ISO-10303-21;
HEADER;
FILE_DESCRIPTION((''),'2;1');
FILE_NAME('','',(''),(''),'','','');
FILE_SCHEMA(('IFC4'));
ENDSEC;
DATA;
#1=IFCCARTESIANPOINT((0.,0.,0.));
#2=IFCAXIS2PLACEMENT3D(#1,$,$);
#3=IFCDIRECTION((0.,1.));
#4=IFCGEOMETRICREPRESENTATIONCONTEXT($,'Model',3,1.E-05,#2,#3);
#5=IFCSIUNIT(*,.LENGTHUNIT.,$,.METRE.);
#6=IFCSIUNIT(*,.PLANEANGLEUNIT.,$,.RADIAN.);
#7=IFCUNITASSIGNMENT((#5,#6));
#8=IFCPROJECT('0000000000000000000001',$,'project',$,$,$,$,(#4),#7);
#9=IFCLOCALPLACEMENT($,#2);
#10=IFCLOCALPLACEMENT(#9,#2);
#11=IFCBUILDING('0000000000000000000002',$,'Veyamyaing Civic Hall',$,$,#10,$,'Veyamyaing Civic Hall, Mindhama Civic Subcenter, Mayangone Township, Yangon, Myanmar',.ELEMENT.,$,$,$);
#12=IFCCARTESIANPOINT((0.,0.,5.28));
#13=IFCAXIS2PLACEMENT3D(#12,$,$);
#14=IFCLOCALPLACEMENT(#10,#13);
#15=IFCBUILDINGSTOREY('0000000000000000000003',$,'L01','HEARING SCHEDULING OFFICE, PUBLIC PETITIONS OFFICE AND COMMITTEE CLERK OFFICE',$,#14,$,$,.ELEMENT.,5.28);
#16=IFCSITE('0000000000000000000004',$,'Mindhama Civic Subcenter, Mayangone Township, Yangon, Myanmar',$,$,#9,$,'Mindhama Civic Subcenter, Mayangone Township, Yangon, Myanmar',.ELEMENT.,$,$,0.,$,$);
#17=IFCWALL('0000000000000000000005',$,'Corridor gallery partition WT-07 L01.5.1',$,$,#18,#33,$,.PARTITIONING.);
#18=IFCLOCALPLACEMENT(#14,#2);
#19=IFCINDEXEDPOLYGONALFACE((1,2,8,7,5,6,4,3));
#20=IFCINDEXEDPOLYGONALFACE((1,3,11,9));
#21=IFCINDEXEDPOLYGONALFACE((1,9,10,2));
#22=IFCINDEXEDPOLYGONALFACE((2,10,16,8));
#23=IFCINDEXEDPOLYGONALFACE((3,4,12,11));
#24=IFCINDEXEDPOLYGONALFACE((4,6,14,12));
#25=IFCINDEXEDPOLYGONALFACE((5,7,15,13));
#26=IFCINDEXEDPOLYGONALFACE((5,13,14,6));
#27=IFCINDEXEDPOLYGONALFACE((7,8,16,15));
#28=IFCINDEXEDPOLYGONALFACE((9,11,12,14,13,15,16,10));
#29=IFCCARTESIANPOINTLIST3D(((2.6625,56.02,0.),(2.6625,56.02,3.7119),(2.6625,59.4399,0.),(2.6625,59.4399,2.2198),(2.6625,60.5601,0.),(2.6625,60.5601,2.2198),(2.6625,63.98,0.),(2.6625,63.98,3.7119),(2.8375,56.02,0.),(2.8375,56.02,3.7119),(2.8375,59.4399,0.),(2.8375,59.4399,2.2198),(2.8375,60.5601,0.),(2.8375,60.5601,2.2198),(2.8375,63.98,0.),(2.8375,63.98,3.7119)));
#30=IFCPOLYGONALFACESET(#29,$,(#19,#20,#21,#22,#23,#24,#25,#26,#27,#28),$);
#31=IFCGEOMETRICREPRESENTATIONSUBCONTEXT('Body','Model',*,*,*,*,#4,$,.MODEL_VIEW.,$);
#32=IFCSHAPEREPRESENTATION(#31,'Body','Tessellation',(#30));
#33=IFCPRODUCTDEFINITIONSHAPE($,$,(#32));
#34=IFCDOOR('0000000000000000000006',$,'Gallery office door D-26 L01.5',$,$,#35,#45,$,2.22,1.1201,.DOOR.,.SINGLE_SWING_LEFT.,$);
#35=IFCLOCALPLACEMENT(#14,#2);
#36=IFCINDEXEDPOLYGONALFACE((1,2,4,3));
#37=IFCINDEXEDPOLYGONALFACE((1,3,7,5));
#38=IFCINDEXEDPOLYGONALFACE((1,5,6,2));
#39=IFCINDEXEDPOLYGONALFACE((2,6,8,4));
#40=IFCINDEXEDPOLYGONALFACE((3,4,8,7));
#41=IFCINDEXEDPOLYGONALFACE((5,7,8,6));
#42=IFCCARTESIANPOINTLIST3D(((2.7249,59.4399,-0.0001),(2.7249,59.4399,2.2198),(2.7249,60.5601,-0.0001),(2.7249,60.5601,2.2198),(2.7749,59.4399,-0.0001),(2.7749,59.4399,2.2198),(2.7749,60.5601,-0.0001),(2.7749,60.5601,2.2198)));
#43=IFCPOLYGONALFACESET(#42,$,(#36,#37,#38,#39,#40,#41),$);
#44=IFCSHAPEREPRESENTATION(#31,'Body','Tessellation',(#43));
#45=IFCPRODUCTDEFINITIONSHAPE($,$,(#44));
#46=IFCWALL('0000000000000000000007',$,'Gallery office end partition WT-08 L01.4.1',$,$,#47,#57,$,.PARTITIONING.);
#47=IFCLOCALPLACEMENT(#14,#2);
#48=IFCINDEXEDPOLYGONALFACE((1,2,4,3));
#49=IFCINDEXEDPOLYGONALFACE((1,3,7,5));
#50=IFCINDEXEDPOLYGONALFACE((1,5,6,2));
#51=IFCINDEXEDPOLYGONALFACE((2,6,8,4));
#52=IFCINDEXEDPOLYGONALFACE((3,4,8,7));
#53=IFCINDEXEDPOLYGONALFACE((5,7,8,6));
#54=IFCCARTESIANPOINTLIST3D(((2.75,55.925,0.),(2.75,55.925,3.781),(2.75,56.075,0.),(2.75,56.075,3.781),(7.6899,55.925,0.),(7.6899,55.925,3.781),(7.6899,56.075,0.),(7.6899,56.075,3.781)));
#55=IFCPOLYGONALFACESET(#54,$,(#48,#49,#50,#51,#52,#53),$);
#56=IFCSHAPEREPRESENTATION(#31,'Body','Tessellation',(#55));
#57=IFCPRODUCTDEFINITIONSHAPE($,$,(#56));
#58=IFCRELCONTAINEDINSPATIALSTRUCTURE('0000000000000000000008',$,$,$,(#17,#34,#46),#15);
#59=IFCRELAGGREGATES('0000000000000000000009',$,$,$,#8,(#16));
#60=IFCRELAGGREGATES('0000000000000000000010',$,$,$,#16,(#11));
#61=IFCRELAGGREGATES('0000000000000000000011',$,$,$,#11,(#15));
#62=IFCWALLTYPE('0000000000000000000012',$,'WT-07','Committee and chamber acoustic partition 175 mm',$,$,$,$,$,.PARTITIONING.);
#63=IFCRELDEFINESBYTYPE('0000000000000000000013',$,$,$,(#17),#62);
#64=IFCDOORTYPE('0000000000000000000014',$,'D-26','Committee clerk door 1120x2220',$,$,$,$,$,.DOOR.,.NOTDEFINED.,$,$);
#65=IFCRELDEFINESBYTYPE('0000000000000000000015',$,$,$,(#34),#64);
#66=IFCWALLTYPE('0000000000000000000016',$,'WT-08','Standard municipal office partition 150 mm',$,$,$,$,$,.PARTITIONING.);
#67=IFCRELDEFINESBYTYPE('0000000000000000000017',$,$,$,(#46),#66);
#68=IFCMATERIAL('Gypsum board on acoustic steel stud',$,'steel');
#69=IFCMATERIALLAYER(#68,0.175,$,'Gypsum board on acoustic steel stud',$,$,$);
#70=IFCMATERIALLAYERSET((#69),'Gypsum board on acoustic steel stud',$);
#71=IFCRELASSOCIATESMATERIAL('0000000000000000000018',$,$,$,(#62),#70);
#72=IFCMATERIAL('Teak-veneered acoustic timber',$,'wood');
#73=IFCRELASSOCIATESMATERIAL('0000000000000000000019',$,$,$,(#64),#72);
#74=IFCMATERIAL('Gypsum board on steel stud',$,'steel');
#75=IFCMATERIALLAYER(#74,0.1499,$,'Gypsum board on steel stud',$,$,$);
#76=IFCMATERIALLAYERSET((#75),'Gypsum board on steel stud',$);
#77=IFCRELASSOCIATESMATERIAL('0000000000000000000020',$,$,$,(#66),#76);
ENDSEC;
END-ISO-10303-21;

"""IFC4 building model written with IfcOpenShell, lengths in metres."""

from ifc_helpers import new_model, si_unit, direction, frame, frame_2d, origin, place, context, subcontext, project, spatial, rectangle, extrude, material, layer, layer_set, type_object, element, fill, save


model = new_model("IFC4")

# Units and contexts
model_context = context("Model", 3, precision=1e-05, world=origin(), true_north=direction((0.0, 1.0)))
body_context = subcontext(model_context, "Body", "Model", "MODEL_VIEW")
ifc_project = project(units=[si_unit("LENGTHUNIT", "METRE"), si_unit("PLANEANGLEUNIT", "RADIAN")], contexts=[model_context])

# Site, building, storey
site_placement = place(None, origin())
site = spatial("IfcSite", under=ifc_project, at=site_placement, Name="Mindhama Civic Subcenter, Mayangone Township, Yangon, Myanmar", LongName="Mindhama Civic Subcenter, Mayangone Township, Yangon, Myanmar", CompositionType="ELEMENT", RefElevation=0.0)
building_placement = place(site_placement, origin())
building = spatial("IfcBuilding", under=site, at=building_placement, Name="Veyamyaing Civic Hall", LongName="Veyamyaing Civic Hall, Mindhama Civic Subcenter, Mayangone Township, Yangon, Myanmar", CompositionType="ELEMENT")
storey_placement = place(building_placement, frame((0.0, 0.0, 5.28)))
storey = spatial("IfcBuildingStorey", under=building, at=storey_placement, Name="L01", Description="HEARING SCHEDULING OFFICE, PUBLIC PETITIONS OFFICE AND COMMITTEE CLERK OFFICE", CompositionType="ELEMENT", Elevation=5.28)

# Wall, opening, door
ifc_material_1 = material(Name="Gypsum board on acoustic steel stud", Category="steel")
ifc_layer_1 = layer(ifc_material_1, 0.175, Name="Gypsum board on acoustic steel stud")
ifc_layer_set_1 = layer_set([ifc_layer_1], Name="Gypsum board on acoustic steel stud")
wall_type_1 = type_object("IfcWallType", Name="WT-07", Description="Committee and chamber acoustic partition 175 mm", PredefinedType="PARTITIONING", material=ifc_layer_set_1)
wall_1_placement = place(storey_placement, frame((2.75, 56.02, 0.0), z_axis=(0.0, 0.0, 1.0), x_axis=(0.0, 1.0, 0.0)))
wall_1 = element("IfcWall", 1, at=wall_1_placement, inside=storey, type_object=wall_type_1, Name="Corridor gallery partition WT-07 L01.5.1", PredefinedType="PARTITIONING", context=body_context, shape_type="SweptSolid", body=[
    extrude(rectangle(XDim=7.96, YDim=0.175, at=frame_2d((3.98, 0.0))), origin(), (0.0, 0.0, 1.0), 3.7119),
])
opening_placement = place(wall_1_placement, frame((3.4199, 0.0, 0.0)))
opening = element("IfcOpeningElement", 2, at=opening_placement, cuts=wall_1, PredefinedType="OPENING", context=body_context, shape_type="SweptSolid", body=[
    extrude(rectangle(XDim=1.1201, YDim=2.22, at=frame_2d((0.5601, 1.1099))), frame((0.0, 0.0974, 0.0), z_axis=(0.0, -1.0, 0.0), x_axis=(1.0, 0.0, 0.0)), (0.0, 0.0, 1.0), 0.1951),
])
ifc_material_2 = material(Name="Teak-veneered acoustic timber", Category="wood")
door_type = type_object("IfcDoorType", Name="D-26", Description="Committee clerk door 1120x2220", OperationType="NOTDEFINED", PredefinedType="DOOR", material=ifc_material_2)
door_placement = place(opening_placement, frame((1.1201, 0.0, 0.0), z_axis=(0.0, 0.0, 1.0), x_axis=(-1.0, 0.0, 0.0)))
door = element("IfcDoor", 3, at=door_placement, inside=storey, type_object=door_type, Name="Gallery office door D-26 L01.5", OperationType="SINGLE_SWING_LEFT", OverallHeight=2.22, OverallWidth=1.1201, PredefinedType="DOOR", context=body_context, shape_type="SweptSolid", body=[
    extrude(rectangle(XDim=1.1201, YDim=2.22, at=frame_2d((0.5601, 1.1099))), frame((0.0, 0.0249, 0.0), z_axis=(0.0, -1.0, 0.0), x_axis=(1.0, 0.0, 0.0)), (0.0, 0.0, 1.0), 0.05),
])
fill(opening, door)

# Wall
ifc_material_3 = material(Name="Gypsum board on steel stud", Category="steel")
ifc_layer_2 = layer(ifc_material_3, 0.1499, Name="Gypsum board on steel stud")
ifc_layer_set_2 = layer_set([ifc_layer_2], Name="Gypsum board on steel stud")
wall_type_2 = type_object("IfcWallType", Name="WT-08", Description="Standard municipal office partition 150 mm", PredefinedType="PARTITIONING", material=ifc_layer_set_2)
wall_2_placement = place(storey_placement, frame((2.75, 56.0, 0.0), z_axis=(0.0, 0.0, 1.0), x_axis=(1.0, 0.0, 0.0)))
element("IfcWall", 4, at=wall_2_placement, inside=storey, type_object=wall_type_2, Name="Gallery office end partition WT-08 L01.4.1", PredefinedType="PARTITIONING", context=body_context, shape_type="SweptSolid", body=[
    extrude(rectangle(XDim=4.9399, YDim=0.1499, at=frame_2d((2.47, 0.0))), origin(), (0.0, 0.0, 1.0), 3.781),
])

save(model, "model.ifc")
